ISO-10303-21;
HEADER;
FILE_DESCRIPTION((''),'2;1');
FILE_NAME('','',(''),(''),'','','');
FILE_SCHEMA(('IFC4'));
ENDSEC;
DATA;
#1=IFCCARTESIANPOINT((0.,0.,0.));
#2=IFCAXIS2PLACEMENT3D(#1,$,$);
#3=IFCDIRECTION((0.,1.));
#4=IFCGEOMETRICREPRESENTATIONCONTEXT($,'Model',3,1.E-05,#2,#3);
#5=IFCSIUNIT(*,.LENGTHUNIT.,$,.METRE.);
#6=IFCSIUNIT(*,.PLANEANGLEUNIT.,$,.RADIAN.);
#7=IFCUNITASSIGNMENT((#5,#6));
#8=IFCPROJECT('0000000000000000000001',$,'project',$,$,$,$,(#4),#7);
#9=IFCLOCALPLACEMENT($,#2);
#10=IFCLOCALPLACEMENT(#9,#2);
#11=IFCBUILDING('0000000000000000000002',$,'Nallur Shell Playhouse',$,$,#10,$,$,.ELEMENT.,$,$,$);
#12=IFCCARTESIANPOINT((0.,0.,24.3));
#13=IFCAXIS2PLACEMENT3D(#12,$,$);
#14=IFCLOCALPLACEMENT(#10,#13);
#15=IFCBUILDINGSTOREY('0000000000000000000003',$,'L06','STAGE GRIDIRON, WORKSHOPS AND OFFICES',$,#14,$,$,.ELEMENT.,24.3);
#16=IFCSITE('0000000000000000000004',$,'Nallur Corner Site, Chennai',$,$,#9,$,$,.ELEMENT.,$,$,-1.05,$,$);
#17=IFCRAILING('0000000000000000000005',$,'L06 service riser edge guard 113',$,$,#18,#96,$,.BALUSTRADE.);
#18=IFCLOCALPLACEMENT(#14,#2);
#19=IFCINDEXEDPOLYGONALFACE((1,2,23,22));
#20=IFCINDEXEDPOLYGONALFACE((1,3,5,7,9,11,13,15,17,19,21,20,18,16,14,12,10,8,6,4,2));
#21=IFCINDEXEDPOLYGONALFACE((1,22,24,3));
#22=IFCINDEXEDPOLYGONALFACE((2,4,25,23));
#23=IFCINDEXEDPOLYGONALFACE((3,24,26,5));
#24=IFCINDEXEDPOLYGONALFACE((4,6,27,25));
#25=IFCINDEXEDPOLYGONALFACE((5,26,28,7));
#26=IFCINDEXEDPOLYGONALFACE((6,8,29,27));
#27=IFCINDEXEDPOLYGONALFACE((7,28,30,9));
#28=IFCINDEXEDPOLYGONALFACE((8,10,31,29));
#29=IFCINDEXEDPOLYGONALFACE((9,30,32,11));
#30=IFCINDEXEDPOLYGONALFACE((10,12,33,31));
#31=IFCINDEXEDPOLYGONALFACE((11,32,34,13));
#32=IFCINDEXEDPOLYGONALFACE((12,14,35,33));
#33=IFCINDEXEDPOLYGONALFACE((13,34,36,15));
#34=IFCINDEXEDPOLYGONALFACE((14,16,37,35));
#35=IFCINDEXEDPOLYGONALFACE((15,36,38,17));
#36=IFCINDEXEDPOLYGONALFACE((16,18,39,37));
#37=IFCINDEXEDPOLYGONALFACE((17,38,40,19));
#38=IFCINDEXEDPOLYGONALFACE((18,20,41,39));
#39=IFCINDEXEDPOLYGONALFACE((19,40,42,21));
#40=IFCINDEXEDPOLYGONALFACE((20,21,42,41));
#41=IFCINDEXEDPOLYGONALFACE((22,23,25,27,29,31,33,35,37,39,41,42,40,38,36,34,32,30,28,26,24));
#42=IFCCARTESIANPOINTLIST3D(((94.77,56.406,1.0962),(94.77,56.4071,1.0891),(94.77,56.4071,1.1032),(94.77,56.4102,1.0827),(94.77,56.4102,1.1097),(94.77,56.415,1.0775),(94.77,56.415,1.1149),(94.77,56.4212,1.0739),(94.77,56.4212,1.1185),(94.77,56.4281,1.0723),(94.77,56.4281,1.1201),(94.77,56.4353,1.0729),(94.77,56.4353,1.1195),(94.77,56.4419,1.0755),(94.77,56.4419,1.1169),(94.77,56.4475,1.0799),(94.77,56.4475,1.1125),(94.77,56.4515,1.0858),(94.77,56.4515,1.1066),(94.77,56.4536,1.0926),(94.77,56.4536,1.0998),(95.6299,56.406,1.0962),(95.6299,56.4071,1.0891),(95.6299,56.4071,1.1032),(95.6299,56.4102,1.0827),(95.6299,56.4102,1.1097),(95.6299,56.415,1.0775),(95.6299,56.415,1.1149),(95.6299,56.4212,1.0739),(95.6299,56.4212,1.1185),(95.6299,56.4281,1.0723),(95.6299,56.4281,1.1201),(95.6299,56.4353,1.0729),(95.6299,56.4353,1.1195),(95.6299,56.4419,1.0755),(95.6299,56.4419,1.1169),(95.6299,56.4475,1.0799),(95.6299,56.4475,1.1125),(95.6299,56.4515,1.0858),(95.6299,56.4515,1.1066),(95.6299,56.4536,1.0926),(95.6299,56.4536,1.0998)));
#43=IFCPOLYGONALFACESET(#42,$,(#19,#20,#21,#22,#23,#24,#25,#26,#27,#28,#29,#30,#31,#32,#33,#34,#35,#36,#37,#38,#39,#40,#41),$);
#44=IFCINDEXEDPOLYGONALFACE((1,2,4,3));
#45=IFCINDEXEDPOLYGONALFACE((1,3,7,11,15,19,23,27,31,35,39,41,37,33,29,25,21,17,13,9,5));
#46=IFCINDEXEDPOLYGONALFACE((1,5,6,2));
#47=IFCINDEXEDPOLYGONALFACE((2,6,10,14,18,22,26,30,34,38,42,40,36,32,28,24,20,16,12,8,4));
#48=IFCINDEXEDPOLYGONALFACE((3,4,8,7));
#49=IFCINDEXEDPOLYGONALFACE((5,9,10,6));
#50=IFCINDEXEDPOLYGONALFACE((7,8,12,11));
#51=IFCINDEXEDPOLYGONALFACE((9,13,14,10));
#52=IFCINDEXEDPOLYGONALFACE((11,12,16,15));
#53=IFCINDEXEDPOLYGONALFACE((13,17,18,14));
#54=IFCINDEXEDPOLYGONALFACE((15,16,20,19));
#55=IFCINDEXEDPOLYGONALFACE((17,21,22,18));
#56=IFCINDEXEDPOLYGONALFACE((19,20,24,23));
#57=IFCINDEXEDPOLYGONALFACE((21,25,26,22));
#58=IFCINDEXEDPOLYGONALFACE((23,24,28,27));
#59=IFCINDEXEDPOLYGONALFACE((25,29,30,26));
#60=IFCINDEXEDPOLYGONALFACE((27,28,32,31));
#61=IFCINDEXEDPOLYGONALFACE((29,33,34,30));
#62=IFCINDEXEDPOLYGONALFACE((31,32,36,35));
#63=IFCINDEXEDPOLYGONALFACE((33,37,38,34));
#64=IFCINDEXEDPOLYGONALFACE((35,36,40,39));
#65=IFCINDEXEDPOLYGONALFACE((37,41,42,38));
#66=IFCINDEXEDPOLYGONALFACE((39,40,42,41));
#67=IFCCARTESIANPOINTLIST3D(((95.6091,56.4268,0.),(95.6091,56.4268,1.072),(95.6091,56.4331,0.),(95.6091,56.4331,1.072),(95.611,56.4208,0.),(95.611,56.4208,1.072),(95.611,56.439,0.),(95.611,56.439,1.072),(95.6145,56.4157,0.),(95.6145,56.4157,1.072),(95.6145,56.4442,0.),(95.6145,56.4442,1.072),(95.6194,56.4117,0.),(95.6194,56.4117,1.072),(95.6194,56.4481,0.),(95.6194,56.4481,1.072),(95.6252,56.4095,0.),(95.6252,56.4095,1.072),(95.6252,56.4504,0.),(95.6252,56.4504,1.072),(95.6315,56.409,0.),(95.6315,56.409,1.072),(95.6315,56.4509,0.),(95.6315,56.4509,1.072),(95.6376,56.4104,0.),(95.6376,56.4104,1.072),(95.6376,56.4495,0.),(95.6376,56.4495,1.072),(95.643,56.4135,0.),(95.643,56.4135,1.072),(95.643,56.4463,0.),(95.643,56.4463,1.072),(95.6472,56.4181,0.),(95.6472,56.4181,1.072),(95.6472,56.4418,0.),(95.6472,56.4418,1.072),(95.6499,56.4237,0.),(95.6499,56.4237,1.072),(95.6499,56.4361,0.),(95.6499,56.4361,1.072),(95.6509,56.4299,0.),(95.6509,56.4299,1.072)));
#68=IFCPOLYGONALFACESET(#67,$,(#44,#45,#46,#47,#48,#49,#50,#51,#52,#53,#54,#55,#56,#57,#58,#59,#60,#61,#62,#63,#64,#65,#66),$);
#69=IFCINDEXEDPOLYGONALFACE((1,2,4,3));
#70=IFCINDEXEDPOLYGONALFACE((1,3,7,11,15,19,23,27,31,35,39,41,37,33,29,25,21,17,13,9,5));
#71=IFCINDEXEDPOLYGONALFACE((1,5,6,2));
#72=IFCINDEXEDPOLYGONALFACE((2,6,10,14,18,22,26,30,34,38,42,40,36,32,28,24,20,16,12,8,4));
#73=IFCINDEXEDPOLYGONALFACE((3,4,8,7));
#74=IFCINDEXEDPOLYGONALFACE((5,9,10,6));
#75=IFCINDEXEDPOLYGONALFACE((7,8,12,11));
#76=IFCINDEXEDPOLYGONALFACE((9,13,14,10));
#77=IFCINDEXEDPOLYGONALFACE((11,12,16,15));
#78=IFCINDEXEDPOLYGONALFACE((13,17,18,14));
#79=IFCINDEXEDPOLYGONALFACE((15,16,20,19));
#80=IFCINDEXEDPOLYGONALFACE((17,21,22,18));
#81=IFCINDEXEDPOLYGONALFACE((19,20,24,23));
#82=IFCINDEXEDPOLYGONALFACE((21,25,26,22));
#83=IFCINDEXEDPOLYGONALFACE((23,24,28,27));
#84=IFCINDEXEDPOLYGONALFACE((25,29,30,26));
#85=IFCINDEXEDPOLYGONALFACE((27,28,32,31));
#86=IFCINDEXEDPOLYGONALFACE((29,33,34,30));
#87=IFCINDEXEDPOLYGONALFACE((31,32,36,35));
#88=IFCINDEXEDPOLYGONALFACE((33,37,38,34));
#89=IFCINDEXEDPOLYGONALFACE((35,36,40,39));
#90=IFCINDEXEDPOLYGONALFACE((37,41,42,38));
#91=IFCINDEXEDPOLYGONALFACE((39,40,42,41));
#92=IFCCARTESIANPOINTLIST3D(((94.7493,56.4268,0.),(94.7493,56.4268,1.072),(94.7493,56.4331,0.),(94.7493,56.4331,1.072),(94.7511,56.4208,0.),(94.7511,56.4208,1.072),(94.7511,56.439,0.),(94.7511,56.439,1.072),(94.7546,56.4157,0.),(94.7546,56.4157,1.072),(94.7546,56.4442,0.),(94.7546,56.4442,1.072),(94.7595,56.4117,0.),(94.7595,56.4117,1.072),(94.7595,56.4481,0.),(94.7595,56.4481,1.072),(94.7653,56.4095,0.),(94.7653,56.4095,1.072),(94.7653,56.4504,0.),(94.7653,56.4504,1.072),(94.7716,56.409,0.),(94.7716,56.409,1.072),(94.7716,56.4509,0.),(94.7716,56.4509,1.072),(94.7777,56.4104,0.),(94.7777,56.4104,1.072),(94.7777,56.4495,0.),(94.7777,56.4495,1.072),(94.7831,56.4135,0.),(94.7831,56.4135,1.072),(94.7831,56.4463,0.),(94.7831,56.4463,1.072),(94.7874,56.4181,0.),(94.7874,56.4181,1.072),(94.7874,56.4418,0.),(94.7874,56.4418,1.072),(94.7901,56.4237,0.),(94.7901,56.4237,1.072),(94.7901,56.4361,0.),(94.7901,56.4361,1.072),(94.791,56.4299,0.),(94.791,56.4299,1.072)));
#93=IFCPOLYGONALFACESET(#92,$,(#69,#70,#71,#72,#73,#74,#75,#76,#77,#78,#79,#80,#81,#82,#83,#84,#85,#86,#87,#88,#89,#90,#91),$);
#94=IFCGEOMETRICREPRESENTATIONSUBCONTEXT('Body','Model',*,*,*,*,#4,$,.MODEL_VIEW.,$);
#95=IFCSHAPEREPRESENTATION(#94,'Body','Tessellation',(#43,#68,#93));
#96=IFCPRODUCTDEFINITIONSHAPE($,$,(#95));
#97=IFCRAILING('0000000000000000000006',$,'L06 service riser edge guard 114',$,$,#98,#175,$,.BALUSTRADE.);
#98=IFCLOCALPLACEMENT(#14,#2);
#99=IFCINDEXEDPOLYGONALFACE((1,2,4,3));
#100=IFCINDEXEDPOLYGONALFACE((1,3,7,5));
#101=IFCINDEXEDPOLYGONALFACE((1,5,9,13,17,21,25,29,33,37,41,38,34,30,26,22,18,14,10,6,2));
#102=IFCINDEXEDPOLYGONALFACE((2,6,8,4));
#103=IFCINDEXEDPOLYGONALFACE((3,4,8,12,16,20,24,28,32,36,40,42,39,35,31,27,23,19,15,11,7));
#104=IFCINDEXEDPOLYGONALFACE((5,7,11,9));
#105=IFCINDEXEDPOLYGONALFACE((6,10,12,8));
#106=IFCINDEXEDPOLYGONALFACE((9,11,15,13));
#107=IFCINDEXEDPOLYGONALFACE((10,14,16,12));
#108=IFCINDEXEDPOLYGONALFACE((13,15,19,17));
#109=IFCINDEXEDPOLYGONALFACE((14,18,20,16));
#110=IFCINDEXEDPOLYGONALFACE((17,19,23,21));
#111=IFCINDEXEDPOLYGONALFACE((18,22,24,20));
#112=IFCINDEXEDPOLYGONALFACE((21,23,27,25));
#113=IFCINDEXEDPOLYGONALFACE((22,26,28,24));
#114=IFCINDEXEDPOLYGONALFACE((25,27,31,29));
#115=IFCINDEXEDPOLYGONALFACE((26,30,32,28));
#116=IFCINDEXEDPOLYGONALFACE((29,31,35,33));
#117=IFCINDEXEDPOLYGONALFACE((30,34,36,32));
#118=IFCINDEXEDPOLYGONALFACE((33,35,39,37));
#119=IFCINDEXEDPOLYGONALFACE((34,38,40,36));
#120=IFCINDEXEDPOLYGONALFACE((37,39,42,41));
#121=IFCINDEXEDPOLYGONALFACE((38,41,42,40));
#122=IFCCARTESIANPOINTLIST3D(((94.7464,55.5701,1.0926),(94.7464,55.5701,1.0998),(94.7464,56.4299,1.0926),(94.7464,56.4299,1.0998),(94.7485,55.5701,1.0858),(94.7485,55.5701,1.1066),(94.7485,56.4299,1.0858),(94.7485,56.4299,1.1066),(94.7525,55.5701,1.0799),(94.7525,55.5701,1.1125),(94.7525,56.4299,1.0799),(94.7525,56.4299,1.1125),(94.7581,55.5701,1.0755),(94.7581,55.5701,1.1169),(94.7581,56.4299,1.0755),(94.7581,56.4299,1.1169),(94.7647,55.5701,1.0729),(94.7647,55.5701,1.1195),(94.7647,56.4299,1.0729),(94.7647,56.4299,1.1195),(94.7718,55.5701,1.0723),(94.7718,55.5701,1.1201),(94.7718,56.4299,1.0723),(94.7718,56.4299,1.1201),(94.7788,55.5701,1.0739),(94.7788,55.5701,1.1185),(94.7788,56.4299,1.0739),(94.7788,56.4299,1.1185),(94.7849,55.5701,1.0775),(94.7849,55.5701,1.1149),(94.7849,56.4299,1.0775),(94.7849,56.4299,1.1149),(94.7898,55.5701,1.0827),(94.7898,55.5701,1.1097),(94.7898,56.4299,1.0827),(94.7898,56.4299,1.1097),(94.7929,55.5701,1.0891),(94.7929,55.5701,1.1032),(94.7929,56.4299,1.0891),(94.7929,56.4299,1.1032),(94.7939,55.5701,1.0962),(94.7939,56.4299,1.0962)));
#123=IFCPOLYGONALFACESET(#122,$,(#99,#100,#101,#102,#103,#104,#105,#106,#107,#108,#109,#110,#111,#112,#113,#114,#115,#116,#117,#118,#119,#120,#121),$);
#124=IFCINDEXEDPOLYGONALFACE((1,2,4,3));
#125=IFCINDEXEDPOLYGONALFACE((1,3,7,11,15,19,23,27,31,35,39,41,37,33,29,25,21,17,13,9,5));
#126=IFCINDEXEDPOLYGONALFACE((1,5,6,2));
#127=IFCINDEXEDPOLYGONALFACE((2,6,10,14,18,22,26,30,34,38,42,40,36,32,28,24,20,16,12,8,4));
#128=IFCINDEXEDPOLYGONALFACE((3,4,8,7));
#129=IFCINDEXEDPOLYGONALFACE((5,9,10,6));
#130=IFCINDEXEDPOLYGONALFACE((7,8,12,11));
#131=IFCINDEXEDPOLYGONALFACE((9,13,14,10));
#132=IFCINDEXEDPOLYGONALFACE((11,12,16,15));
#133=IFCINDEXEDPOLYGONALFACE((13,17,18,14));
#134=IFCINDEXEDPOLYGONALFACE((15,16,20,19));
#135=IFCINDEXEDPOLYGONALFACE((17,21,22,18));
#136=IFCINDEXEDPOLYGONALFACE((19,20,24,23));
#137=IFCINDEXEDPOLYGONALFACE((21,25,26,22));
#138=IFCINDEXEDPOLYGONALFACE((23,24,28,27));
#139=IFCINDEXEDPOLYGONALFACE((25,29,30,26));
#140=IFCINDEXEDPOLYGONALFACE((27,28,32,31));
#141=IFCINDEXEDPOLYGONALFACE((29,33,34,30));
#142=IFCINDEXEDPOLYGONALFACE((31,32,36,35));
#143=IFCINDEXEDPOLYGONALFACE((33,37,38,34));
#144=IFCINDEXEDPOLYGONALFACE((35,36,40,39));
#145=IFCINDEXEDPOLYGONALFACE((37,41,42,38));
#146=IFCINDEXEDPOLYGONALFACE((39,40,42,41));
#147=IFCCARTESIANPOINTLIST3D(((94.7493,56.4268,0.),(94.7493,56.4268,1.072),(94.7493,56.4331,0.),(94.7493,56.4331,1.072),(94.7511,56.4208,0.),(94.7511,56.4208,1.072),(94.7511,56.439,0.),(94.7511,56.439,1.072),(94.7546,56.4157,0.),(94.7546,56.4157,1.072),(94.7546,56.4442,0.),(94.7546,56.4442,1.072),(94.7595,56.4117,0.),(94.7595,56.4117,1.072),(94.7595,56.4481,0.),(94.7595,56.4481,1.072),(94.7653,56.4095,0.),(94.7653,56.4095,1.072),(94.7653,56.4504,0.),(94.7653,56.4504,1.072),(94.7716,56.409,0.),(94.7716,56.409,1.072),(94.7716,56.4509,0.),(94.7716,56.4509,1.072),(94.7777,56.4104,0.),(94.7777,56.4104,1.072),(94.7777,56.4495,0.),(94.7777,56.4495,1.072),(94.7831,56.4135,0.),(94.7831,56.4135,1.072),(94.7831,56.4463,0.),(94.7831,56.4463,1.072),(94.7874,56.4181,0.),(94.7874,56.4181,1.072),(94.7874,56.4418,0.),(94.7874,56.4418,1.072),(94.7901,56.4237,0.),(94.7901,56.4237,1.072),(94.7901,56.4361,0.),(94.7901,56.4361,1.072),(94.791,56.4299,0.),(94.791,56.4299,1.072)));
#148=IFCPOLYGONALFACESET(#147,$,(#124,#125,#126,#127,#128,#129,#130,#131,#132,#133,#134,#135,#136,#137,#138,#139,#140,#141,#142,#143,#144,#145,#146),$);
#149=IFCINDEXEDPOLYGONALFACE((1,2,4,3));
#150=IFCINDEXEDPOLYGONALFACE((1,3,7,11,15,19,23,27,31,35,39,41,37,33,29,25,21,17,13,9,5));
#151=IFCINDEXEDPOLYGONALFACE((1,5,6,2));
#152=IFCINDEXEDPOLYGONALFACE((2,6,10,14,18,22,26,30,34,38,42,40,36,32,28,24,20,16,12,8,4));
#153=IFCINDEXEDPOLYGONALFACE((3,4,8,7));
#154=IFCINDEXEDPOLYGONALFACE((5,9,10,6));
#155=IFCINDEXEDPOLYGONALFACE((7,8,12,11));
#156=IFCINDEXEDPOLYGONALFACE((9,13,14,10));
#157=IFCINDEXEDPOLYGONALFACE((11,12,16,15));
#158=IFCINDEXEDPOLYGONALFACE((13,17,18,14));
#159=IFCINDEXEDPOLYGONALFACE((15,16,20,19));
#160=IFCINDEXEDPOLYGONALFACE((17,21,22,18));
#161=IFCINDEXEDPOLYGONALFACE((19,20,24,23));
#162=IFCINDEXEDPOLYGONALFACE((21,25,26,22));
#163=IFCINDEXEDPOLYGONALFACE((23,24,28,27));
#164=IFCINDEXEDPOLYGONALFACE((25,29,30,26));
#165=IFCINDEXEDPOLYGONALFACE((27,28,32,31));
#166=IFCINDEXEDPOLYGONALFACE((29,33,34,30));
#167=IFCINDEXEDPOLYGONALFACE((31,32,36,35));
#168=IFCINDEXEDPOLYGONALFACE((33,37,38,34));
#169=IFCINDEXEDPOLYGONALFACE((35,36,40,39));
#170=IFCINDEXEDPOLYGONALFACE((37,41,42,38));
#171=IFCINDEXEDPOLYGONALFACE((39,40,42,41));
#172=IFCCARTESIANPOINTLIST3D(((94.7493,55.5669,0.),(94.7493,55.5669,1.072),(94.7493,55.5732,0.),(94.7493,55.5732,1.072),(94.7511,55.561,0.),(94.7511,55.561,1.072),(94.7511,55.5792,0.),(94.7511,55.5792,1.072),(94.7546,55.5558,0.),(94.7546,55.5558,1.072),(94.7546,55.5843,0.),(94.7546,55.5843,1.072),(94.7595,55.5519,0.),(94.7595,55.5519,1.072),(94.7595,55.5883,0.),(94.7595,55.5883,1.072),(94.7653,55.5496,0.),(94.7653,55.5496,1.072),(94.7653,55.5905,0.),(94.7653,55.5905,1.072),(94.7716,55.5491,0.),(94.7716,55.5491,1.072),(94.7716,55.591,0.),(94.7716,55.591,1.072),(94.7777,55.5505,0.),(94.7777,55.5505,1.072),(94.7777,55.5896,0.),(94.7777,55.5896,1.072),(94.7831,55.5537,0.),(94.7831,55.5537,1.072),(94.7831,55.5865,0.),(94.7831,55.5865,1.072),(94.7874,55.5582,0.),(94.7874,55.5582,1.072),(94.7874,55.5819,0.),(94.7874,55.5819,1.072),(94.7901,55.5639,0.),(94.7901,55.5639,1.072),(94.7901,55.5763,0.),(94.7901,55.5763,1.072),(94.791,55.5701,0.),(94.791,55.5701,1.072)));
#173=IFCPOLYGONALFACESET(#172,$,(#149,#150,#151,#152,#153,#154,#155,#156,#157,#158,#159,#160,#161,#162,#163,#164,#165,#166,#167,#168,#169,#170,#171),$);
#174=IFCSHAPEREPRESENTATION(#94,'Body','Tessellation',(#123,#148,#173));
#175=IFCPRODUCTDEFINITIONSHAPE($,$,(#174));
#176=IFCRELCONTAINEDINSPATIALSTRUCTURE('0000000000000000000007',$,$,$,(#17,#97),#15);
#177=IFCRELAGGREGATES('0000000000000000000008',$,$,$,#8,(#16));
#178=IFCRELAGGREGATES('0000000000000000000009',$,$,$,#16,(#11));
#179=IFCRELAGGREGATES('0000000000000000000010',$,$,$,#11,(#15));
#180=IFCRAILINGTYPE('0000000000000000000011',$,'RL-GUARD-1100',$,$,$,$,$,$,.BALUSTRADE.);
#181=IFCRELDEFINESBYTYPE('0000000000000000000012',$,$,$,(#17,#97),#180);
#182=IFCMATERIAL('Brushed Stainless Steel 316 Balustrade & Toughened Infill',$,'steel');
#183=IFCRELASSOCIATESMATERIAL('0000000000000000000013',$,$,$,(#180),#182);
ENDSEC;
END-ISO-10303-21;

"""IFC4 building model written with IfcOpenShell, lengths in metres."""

from ifc_helpers import new_model, si_unit, direction, frame, origin, origin_2d, place, context, subcontext, project, spatial, circle, extrude, material, type_object, element, save


model = new_model("IFC4")

# Units and contexts
model_context = context("Model", 3, precision=1e-05, world=origin(), true_north=direction((0.0, 1.0)))
body_context = subcontext(model_context, "Body", "Model", "MODEL_VIEW")
ifc_project = project(units=[si_unit("LENGTHUNIT", "METRE"), si_unit("PLANEANGLEUNIT", "RADIAN")], contexts=[model_context])

# Site, building, storey
site_placement = place(None, origin())
site = spatial("IfcSite", under=ifc_project, at=site_placement, Name="Nallur Corner Site, Chennai", CompositionType="ELEMENT", RefElevation=-1.05)
building_placement = place(site_placement, origin())
building = spatial("IfcBuilding", under=site, at=building_placement, Name="Nallur Shell Playhouse", CompositionType="ELEMENT")
storey_placement = place(building_placement, frame((0.0, 0.0, 24.3)))
storey = spatial("IfcBuildingStorey", under=building, at=storey_placement, Name="L06", Description="STAGE GRIDIRON, WORKSHOPS AND OFFICES", CompositionType="ELEMENT", Elevation=24.3)

# Railings
ifc_material_1 = material(Name="Brushed Stainless Steel 316 Balustrade & Toughened Infill", Category="steel")
railing_type = type_object("IfcRailingType", Name="RL-GUARD-1100", PredefinedType="BALUSTRADE", material=ifc_material_1)
railing_1_placement = place(storey_placement, frame((95.6299, 56.4299, 0.0)))
element("IfcRailing", 1, at=railing_1_placement, inside=storey, type_object=railing_type, Name="L06 service riser edge guard 113", PredefinedType="BALUSTRADE", context=body_context, shape_type="SweptSolid", body=[
    extrude(circle(Radius=0.0239, at=origin_2d()), frame((0.0, 0.0, 1.0962), z_axis=(-1.0, 0.0, 0.0), x_axis=(0.0, -1.0, 0.0)), (0.0, 0.0, 1.0), 0.8599),
    extrude(circle(Radius=0.021, at=origin_2d()), origin(), (0.0, 0.0, 1.0), 1.072),
    extrude(circle(Radius=0.021, at=origin_2d()), frame((-0.8599, 0.0, 0.0)), (0.0, 0.0, 1.0), 1.072),
])
railing_2_placement = place(storey_placement, frame((94.77, 56.4299, 0.0)))
element("IfcRailing", 2, at=railing_2_placement, inside=storey, type_object=railing_type, Name="L06 service riser edge guard 114", PredefinedType="BALUSTRADE", context=body_context, shape_type="SweptSolid", body=[
    extrude(circle(Radius=0.0239, at=origin_2d()), frame((0.0, 0.0, 1.0962), z_axis=(0.0, -1.0, 0.0), x_axis=(1.0, 0.0, 0.0)), (0.0, 0.0, 1.0), 0.8599),
    extrude(circle(Radius=0.021, at=origin_2d()), origin(), (0.0, 0.0, 1.0), 1.072),
    extrude(circle(Radius=0.021, at=origin_2d()), frame((0.0, -0.8599, 0.0)), (0.0, 0.0, 1.0), 1.072),
])

save(model, "model.ifc")
